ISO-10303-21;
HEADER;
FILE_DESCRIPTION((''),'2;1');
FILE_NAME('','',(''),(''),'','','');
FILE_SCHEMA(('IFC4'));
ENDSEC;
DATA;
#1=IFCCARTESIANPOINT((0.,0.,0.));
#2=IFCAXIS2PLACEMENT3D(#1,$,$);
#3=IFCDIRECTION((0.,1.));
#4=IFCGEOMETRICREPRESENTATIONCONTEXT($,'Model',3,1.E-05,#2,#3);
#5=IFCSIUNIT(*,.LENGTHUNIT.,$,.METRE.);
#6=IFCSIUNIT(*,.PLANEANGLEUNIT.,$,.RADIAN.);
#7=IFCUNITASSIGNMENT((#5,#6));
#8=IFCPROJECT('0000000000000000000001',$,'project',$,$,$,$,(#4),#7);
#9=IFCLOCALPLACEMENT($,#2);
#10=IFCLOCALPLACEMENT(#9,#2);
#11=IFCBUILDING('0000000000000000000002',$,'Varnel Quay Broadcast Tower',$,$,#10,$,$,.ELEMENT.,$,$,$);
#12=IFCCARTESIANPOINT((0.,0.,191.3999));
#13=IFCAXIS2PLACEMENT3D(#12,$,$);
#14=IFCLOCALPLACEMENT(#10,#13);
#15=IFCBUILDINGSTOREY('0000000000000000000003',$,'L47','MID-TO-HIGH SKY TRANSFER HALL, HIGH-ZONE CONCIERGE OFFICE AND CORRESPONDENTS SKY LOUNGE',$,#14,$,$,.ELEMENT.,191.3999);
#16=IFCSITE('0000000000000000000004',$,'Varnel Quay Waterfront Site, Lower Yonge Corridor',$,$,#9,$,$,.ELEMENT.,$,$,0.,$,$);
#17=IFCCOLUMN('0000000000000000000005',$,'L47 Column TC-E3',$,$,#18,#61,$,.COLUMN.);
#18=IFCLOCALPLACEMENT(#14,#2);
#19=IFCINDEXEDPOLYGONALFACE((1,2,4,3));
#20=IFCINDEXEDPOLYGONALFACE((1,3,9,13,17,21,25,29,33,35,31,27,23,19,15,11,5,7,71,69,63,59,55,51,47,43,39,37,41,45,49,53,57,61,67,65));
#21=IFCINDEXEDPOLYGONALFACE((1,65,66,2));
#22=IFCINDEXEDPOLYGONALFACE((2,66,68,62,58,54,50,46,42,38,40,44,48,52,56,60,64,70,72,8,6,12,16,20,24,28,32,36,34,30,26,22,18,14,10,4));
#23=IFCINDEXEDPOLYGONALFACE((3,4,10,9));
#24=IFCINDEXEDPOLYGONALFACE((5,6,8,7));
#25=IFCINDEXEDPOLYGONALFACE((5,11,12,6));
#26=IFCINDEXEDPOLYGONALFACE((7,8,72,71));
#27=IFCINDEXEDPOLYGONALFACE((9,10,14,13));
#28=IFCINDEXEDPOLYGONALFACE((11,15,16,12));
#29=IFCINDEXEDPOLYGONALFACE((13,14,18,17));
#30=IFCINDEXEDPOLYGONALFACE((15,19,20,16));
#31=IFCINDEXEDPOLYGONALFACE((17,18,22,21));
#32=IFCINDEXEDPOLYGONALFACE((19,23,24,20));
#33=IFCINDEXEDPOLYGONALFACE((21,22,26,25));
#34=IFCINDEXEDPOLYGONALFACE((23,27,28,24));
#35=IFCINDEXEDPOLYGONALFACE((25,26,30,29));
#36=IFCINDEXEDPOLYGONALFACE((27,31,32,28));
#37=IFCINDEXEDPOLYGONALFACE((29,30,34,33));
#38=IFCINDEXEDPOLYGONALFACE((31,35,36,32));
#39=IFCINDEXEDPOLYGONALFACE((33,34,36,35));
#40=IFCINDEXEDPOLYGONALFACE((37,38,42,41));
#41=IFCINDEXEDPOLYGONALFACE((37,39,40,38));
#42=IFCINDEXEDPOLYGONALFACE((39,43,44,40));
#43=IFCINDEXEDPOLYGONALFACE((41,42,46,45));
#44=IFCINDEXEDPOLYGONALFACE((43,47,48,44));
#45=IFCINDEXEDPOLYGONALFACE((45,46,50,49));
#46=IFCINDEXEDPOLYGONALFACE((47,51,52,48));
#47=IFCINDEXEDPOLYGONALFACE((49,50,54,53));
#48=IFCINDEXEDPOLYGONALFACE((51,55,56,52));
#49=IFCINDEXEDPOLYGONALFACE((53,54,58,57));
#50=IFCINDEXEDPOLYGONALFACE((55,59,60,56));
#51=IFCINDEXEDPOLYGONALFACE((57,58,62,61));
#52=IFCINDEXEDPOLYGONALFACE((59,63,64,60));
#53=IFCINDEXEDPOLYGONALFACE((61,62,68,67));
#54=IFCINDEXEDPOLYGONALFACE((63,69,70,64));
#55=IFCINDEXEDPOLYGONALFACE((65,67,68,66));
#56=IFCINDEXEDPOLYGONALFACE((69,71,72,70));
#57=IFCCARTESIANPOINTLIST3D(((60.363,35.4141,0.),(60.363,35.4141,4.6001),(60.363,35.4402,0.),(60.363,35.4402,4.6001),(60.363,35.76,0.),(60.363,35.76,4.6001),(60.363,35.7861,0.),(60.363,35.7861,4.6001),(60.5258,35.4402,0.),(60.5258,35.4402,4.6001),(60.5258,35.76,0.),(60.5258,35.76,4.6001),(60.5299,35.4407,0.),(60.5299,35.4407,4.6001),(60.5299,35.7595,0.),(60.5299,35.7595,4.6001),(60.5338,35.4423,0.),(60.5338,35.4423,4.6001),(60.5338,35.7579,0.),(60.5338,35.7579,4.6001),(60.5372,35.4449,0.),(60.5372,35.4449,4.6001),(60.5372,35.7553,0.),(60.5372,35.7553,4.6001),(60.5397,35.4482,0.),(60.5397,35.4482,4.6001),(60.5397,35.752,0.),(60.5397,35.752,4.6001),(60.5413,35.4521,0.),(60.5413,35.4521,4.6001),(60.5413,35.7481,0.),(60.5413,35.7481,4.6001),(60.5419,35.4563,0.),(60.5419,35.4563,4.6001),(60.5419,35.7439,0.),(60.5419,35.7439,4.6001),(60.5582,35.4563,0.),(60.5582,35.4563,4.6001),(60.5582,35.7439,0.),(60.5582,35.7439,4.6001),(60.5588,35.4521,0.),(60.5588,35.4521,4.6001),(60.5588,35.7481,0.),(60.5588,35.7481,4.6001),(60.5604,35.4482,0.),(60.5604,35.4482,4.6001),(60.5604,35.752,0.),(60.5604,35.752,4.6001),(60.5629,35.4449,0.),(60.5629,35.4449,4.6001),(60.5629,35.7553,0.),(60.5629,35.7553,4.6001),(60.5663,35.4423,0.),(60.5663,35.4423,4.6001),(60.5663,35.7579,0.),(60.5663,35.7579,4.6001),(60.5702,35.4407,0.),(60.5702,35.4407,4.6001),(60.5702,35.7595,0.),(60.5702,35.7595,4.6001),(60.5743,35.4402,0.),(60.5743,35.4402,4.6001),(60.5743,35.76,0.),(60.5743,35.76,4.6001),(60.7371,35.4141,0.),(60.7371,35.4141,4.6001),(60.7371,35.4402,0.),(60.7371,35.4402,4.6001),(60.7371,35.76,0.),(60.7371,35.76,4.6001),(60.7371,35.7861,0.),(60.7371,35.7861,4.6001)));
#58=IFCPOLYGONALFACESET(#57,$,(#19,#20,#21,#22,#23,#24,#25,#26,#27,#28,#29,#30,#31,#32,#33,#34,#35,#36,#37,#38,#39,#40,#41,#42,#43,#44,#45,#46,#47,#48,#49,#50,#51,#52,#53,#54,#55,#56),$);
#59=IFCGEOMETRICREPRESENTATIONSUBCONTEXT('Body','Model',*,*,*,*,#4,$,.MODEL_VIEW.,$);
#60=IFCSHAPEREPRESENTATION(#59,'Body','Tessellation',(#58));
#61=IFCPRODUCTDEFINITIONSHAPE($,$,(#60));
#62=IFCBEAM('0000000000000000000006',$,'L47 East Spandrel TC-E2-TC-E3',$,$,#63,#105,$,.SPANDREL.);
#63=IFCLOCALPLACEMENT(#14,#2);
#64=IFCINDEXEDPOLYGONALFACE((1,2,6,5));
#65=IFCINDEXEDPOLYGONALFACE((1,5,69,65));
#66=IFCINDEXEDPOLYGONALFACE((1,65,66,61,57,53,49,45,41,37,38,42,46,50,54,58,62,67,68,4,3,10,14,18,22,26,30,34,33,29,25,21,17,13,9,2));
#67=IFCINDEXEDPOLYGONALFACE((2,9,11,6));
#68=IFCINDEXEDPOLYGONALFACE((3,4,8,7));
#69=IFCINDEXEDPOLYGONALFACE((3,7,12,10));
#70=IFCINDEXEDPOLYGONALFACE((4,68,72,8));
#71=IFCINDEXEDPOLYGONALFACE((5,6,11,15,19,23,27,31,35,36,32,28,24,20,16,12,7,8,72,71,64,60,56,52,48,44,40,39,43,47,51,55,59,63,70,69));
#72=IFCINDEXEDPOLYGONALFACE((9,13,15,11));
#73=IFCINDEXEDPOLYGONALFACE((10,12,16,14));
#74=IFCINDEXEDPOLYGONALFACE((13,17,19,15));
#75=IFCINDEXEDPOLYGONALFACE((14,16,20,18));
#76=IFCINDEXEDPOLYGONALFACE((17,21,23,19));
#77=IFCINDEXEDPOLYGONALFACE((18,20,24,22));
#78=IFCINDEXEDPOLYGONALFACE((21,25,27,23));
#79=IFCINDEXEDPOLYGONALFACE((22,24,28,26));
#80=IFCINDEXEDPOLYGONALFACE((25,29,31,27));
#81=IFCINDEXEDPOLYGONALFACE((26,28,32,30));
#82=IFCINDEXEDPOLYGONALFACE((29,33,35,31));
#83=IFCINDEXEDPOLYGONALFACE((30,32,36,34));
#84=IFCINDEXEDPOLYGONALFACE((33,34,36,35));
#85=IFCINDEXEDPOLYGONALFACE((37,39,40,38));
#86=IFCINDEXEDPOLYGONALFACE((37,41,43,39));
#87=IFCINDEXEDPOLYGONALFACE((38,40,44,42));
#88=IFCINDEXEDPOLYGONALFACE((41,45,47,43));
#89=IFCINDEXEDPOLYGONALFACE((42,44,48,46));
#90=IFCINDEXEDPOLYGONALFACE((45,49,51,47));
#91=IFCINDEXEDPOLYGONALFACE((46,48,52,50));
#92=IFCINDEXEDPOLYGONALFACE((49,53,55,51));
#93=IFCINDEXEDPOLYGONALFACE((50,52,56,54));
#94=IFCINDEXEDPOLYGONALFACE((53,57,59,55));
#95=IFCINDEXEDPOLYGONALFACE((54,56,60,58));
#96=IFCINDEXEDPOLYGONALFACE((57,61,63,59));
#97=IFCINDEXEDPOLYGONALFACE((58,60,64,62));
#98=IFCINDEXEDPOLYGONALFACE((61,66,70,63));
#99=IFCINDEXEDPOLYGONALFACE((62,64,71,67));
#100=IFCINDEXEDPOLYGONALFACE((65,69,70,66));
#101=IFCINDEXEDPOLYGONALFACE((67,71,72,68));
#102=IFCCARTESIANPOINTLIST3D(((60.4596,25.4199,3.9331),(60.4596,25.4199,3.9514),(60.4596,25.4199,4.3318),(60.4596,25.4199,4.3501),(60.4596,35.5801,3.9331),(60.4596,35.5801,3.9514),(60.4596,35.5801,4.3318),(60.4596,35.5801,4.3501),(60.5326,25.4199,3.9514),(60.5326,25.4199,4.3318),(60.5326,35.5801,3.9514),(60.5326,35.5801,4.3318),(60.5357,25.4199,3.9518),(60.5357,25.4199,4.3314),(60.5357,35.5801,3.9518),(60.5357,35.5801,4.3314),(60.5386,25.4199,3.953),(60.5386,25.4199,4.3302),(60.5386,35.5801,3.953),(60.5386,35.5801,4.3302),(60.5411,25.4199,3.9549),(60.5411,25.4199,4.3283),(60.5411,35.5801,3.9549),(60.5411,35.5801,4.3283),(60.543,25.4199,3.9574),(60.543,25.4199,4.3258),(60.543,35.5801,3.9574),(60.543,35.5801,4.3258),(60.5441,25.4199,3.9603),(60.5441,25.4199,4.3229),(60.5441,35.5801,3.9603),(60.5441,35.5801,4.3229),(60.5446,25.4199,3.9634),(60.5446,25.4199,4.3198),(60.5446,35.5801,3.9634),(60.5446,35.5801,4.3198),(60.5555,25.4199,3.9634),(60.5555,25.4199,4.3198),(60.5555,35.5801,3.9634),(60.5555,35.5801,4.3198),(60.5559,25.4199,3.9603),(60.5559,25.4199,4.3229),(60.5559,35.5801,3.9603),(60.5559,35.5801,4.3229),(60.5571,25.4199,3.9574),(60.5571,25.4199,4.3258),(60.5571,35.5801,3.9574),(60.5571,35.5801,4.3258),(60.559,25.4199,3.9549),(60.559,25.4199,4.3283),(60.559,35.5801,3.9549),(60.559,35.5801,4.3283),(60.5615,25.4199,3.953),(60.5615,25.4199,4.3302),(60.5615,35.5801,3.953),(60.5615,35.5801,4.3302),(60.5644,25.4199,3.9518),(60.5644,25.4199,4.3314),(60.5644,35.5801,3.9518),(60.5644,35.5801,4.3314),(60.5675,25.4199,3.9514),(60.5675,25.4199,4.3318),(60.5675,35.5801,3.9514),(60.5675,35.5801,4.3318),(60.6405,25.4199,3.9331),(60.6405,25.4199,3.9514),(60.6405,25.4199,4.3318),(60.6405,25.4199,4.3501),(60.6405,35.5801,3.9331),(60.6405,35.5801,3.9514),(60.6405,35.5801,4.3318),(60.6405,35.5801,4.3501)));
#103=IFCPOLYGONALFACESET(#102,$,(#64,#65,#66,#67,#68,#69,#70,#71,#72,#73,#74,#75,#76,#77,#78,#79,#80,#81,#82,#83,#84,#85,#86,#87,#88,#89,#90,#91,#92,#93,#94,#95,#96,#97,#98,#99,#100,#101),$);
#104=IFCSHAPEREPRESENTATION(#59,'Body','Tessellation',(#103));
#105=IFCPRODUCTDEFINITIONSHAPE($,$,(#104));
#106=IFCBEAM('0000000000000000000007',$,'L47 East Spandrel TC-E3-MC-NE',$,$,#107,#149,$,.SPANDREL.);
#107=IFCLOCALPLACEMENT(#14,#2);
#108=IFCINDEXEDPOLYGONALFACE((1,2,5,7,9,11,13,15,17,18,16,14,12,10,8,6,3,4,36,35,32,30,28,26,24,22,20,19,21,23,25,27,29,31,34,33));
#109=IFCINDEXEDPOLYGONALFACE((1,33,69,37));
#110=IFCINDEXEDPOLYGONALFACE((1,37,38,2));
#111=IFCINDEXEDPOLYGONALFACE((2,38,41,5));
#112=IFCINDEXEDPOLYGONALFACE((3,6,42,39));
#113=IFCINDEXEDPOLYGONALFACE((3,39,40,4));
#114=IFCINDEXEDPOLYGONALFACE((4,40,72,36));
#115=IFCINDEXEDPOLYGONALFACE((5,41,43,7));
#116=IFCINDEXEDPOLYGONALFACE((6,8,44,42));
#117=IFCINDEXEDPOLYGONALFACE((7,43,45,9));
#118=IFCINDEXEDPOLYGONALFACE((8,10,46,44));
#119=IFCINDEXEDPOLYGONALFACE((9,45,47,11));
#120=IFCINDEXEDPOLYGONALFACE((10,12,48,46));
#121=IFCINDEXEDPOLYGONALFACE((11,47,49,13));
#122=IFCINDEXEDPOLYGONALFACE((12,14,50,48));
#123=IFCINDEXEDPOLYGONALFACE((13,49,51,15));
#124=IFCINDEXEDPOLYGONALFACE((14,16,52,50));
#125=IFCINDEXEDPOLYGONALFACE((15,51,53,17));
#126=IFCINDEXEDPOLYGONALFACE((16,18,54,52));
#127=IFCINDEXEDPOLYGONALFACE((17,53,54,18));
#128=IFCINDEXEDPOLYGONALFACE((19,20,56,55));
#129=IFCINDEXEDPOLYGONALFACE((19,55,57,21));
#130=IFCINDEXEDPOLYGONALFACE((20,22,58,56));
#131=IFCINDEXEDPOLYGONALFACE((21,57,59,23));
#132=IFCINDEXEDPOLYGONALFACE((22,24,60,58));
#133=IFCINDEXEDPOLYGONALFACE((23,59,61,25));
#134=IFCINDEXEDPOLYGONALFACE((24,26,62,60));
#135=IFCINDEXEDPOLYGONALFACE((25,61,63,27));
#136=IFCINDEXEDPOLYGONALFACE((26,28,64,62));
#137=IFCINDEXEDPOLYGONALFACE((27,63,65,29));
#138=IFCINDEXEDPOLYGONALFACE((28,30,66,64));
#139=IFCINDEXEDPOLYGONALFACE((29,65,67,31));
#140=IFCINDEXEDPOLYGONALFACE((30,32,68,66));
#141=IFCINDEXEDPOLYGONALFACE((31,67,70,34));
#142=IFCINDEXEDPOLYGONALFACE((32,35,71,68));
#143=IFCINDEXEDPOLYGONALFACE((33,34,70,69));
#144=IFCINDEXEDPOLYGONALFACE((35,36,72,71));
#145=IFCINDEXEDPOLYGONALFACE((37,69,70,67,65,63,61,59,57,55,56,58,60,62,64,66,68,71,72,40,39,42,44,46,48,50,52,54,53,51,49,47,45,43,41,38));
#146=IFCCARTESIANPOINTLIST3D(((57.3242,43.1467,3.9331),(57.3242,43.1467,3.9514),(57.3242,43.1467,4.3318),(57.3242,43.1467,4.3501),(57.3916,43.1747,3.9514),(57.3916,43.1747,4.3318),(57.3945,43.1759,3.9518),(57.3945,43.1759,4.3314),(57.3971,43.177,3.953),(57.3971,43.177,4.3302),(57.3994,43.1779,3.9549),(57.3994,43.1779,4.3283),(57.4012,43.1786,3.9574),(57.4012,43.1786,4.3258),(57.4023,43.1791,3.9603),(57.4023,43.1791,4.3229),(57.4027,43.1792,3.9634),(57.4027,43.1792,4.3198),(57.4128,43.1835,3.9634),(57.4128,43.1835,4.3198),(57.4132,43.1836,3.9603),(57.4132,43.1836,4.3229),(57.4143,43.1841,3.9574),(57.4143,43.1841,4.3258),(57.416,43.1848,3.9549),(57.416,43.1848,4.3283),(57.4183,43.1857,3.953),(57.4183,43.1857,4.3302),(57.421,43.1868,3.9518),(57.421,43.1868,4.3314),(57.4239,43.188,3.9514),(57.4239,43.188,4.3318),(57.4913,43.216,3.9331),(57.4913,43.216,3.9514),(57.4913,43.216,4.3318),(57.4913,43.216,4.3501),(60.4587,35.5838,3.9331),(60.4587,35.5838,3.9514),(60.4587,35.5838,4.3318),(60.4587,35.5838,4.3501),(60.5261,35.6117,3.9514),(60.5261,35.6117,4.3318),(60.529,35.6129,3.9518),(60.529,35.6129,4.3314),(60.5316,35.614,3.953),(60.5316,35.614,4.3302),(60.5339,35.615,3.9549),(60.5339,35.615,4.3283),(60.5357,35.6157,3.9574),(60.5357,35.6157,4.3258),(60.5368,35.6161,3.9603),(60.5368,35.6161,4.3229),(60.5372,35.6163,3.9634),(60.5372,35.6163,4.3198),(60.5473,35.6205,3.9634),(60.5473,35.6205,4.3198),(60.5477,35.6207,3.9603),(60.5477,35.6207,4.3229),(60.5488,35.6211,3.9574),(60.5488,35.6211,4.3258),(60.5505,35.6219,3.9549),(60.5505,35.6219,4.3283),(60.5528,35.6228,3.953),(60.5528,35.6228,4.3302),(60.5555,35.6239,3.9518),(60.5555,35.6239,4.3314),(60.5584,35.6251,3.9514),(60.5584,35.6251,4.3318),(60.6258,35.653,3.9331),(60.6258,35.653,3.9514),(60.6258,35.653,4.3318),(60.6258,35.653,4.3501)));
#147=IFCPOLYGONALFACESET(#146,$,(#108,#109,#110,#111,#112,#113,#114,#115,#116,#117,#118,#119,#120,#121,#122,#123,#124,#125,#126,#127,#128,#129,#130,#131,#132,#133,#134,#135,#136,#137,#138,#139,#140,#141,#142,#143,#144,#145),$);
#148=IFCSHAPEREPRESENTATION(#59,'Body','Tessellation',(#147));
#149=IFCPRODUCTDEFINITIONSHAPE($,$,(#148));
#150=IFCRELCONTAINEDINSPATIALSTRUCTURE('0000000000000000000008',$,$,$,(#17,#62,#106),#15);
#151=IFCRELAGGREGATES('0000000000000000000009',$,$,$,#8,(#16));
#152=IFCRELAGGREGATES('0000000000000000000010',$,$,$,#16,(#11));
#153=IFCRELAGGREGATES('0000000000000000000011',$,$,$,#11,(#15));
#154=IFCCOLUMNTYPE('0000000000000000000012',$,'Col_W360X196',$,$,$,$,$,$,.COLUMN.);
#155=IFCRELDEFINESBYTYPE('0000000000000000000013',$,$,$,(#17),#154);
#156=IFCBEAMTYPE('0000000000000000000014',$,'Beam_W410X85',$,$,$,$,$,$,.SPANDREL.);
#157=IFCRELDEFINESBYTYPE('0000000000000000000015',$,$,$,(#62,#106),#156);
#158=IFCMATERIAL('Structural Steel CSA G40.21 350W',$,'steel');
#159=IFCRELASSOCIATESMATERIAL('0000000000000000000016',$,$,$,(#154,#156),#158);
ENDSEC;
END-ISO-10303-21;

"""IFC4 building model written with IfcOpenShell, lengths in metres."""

from ifc_helpers import new_model, si_unit, direction, frame, origin, origin_2d, place, context, subcontext, project, spatial, i_section, extrude, source, transform, mapped, material, material_profile, profile_set, type_object, type_shapes, element, save


model = new_model("IFC4")

# Units and contexts
model_context = context("Model", 3, precision=1e-05, world=origin(), true_north=direction((0.0, 1.0)))
body_context = subcontext(model_context, "Body", "Model", "MODEL_VIEW")
ifc_project = project(units=[si_unit("LENGTHUNIT", "METRE"), si_unit("PLANEANGLEUNIT", "RADIAN")], contexts=[model_context])

# Site, building, storey
site_placement = place(None, origin())
site = spatial("IfcSite", under=ifc_project, at=site_placement, Name="Varnel Quay Waterfront Site, Lower Yonge Corridor", CompositionType="ELEMENT", RefElevation=0.0)
building_placement = place(site_placement, origin())
building = spatial("IfcBuilding", under=site, at=building_placement, Name="Varnel Quay Broadcast Tower", CompositionType="ELEMENT")
storey_placement = place(building_placement, frame((0.0, 0.0, 191.3999)))
storey = spatial("IfcBuildingStorey", under=building, at=storey_placement, Name="L47", Description="MID-TO-HIGH SKY TRANSFER HALL, HIGH-ZONE CONCIERGE OFFICE AND CORRESPONDENTS SKY LOUNGE", CompositionType="ELEMENT", Elevation=191.3999)

# Column
ifc_material_1 = material(Name="Structural Steel CSA G40.21 350W", Category="steel")
ifc_material_profile_1 = material_profile(ifc_material_1, i_section(OverallWidth=0.374, OverallDepth=0.3721, WebThickness=0.0164, FlangeThickness=0.0261, FilletRadius=0.0161, at=origin_2d()), Name="W360X196")
ifc_profile_set_1 = profile_set([ifc_material_profile_1], Name="Structural Steel CSA G40.21 350W")
column_type_1 = type_object("IfcColumnType", Name="Col_W360X196", PredefinedType="COLUMN", material=ifc_profile_set_1)
shared_shape_1 = source(origin(), body_context, "Body", "SweptSolid", [
    extrude(i_section(OverallWidth=0.374, OverallDepth=0.3721, WebThickness=0.0164, FlangeThickness=0.0261, FilletRadius=0.0161, at=origin_2d()), origin(), (0.0, 0.0, 1.0), 4.6001),
])
type_shapes(column_type_1, [shared_shape_1])
for number, where, z_axis, x_axis, name in (
    (1, (60.55, 35.6001, 0.0), (0.0, 0.0, 1.0), (1.0, 0.0, 0.0), "L47 Column TC-E3"),
):
    element("IfcColumn", number, at=place(storey_placement, frame(where, z_axis=z_axis, x_axis=x_axis)), inside=storey, type_object=column_type_1, Name=name, PredefinedType="COLUMN", context=body_context, shape_type="MappedRepresentation", body=[
        mapped(shared_shape_1, transform((0.0, 0.0, 0.0), x_axis=(1.0, 0.0, 0.0), y_axis=(0.0, 1.0, 0.0), z_axis=(0.0, 0.0, 1.0), scale=1.0)),
    ])

# Beams
ifc_material_profile_2 = material_profile(ifc_material_1, i_section(OverallWidth=0.1809, OverallDepth=0.417, WebThickness=0.011, FlangeThickness=0.0183, FilletRadius=0.012, at=origin_2d()), Name="W410X85")
ifc_profile_set_2 = profile_set([ifc_material_profile_2], Name="Structural Steel CSA G40.21 350W")
beam_type_1 = type_object("IfcBeamType", Name="Beam_W410X85", PredefinedType="SPANDREL", material=ifc_profile_set_2)
shared_shape_2 = source(origin(), body_context, "Body", "SweptSolid", [
    extrude(i_section(OverallWidth=0.1809, OverallDepth=0.417, WebThickness=0.011, FlangeThickness=0.0183, FilletRadius=0.012, at=origin_2d()), origin(), (0.0, 0.0, 1.0), 10.1602),
])
beam_1_placement = place(storey_placement, frame((60.55, 25.4199, 4.1416), z_axis=(0.0, 1.0, 0.0), x_axis=(-1.0, 0.0, 0.0)))
element("IfcBeam", 2, at=beam_1_placement, inside=storey, type_object=beam_type_1, Name="L47 East Spandrel TC-E2-TC-E3", PredefinedType="SPANDREL", context=body_context, shape_type="MappedRepresentation", body=[
    mapped(shared_shape_2, transform((0.0, 0.0, 0.0), x_axis=(1.0, 0.0, 0.0), y_axis=(0.0, 1.0, 0.0), z_axis=(0.0, 0.0, 1.0), scale=1.0)),
])
shared_shape_3 = source(origin(), body_context, "Body", "SweptSolid", [
    extrude(i_section(OverallWidth=0.1809, OverallDepth=0.417, WebThickness=0.011, FlangeThickness=0.0183, FilletRadius=0.012, at=origin_2d()), origin(), (0.0, 0.0, 1.0), 8.1868),
])
beam_2_placement = place(storey_placement, frame((60.5422, 35.6184, 4.1416), z_axis=(-0.382874, 0.923801, 0.0), x_axis=(-0.923801, -0.382874, 0.0)))
element("IfcBeam", 3, at=beam_2_placement, inside=storey, type_object=beam_type_1, Name="L47 East Spandrel TC-E3-MC-NE", PredefinedType="SPANDREL", context=body_context, shape_type="MappedRepresentation", body=[
    mapped(shared_shape_3, transform((0.0, 0.0, 0.0), x_axis=(1.0, 0.0, 0.0), y_axis=(0.0, 1.0, 0.0), z_axis=(0.0, 0.0, 1.0), scale=1.0)),
])

save(model, "model.ifc")
